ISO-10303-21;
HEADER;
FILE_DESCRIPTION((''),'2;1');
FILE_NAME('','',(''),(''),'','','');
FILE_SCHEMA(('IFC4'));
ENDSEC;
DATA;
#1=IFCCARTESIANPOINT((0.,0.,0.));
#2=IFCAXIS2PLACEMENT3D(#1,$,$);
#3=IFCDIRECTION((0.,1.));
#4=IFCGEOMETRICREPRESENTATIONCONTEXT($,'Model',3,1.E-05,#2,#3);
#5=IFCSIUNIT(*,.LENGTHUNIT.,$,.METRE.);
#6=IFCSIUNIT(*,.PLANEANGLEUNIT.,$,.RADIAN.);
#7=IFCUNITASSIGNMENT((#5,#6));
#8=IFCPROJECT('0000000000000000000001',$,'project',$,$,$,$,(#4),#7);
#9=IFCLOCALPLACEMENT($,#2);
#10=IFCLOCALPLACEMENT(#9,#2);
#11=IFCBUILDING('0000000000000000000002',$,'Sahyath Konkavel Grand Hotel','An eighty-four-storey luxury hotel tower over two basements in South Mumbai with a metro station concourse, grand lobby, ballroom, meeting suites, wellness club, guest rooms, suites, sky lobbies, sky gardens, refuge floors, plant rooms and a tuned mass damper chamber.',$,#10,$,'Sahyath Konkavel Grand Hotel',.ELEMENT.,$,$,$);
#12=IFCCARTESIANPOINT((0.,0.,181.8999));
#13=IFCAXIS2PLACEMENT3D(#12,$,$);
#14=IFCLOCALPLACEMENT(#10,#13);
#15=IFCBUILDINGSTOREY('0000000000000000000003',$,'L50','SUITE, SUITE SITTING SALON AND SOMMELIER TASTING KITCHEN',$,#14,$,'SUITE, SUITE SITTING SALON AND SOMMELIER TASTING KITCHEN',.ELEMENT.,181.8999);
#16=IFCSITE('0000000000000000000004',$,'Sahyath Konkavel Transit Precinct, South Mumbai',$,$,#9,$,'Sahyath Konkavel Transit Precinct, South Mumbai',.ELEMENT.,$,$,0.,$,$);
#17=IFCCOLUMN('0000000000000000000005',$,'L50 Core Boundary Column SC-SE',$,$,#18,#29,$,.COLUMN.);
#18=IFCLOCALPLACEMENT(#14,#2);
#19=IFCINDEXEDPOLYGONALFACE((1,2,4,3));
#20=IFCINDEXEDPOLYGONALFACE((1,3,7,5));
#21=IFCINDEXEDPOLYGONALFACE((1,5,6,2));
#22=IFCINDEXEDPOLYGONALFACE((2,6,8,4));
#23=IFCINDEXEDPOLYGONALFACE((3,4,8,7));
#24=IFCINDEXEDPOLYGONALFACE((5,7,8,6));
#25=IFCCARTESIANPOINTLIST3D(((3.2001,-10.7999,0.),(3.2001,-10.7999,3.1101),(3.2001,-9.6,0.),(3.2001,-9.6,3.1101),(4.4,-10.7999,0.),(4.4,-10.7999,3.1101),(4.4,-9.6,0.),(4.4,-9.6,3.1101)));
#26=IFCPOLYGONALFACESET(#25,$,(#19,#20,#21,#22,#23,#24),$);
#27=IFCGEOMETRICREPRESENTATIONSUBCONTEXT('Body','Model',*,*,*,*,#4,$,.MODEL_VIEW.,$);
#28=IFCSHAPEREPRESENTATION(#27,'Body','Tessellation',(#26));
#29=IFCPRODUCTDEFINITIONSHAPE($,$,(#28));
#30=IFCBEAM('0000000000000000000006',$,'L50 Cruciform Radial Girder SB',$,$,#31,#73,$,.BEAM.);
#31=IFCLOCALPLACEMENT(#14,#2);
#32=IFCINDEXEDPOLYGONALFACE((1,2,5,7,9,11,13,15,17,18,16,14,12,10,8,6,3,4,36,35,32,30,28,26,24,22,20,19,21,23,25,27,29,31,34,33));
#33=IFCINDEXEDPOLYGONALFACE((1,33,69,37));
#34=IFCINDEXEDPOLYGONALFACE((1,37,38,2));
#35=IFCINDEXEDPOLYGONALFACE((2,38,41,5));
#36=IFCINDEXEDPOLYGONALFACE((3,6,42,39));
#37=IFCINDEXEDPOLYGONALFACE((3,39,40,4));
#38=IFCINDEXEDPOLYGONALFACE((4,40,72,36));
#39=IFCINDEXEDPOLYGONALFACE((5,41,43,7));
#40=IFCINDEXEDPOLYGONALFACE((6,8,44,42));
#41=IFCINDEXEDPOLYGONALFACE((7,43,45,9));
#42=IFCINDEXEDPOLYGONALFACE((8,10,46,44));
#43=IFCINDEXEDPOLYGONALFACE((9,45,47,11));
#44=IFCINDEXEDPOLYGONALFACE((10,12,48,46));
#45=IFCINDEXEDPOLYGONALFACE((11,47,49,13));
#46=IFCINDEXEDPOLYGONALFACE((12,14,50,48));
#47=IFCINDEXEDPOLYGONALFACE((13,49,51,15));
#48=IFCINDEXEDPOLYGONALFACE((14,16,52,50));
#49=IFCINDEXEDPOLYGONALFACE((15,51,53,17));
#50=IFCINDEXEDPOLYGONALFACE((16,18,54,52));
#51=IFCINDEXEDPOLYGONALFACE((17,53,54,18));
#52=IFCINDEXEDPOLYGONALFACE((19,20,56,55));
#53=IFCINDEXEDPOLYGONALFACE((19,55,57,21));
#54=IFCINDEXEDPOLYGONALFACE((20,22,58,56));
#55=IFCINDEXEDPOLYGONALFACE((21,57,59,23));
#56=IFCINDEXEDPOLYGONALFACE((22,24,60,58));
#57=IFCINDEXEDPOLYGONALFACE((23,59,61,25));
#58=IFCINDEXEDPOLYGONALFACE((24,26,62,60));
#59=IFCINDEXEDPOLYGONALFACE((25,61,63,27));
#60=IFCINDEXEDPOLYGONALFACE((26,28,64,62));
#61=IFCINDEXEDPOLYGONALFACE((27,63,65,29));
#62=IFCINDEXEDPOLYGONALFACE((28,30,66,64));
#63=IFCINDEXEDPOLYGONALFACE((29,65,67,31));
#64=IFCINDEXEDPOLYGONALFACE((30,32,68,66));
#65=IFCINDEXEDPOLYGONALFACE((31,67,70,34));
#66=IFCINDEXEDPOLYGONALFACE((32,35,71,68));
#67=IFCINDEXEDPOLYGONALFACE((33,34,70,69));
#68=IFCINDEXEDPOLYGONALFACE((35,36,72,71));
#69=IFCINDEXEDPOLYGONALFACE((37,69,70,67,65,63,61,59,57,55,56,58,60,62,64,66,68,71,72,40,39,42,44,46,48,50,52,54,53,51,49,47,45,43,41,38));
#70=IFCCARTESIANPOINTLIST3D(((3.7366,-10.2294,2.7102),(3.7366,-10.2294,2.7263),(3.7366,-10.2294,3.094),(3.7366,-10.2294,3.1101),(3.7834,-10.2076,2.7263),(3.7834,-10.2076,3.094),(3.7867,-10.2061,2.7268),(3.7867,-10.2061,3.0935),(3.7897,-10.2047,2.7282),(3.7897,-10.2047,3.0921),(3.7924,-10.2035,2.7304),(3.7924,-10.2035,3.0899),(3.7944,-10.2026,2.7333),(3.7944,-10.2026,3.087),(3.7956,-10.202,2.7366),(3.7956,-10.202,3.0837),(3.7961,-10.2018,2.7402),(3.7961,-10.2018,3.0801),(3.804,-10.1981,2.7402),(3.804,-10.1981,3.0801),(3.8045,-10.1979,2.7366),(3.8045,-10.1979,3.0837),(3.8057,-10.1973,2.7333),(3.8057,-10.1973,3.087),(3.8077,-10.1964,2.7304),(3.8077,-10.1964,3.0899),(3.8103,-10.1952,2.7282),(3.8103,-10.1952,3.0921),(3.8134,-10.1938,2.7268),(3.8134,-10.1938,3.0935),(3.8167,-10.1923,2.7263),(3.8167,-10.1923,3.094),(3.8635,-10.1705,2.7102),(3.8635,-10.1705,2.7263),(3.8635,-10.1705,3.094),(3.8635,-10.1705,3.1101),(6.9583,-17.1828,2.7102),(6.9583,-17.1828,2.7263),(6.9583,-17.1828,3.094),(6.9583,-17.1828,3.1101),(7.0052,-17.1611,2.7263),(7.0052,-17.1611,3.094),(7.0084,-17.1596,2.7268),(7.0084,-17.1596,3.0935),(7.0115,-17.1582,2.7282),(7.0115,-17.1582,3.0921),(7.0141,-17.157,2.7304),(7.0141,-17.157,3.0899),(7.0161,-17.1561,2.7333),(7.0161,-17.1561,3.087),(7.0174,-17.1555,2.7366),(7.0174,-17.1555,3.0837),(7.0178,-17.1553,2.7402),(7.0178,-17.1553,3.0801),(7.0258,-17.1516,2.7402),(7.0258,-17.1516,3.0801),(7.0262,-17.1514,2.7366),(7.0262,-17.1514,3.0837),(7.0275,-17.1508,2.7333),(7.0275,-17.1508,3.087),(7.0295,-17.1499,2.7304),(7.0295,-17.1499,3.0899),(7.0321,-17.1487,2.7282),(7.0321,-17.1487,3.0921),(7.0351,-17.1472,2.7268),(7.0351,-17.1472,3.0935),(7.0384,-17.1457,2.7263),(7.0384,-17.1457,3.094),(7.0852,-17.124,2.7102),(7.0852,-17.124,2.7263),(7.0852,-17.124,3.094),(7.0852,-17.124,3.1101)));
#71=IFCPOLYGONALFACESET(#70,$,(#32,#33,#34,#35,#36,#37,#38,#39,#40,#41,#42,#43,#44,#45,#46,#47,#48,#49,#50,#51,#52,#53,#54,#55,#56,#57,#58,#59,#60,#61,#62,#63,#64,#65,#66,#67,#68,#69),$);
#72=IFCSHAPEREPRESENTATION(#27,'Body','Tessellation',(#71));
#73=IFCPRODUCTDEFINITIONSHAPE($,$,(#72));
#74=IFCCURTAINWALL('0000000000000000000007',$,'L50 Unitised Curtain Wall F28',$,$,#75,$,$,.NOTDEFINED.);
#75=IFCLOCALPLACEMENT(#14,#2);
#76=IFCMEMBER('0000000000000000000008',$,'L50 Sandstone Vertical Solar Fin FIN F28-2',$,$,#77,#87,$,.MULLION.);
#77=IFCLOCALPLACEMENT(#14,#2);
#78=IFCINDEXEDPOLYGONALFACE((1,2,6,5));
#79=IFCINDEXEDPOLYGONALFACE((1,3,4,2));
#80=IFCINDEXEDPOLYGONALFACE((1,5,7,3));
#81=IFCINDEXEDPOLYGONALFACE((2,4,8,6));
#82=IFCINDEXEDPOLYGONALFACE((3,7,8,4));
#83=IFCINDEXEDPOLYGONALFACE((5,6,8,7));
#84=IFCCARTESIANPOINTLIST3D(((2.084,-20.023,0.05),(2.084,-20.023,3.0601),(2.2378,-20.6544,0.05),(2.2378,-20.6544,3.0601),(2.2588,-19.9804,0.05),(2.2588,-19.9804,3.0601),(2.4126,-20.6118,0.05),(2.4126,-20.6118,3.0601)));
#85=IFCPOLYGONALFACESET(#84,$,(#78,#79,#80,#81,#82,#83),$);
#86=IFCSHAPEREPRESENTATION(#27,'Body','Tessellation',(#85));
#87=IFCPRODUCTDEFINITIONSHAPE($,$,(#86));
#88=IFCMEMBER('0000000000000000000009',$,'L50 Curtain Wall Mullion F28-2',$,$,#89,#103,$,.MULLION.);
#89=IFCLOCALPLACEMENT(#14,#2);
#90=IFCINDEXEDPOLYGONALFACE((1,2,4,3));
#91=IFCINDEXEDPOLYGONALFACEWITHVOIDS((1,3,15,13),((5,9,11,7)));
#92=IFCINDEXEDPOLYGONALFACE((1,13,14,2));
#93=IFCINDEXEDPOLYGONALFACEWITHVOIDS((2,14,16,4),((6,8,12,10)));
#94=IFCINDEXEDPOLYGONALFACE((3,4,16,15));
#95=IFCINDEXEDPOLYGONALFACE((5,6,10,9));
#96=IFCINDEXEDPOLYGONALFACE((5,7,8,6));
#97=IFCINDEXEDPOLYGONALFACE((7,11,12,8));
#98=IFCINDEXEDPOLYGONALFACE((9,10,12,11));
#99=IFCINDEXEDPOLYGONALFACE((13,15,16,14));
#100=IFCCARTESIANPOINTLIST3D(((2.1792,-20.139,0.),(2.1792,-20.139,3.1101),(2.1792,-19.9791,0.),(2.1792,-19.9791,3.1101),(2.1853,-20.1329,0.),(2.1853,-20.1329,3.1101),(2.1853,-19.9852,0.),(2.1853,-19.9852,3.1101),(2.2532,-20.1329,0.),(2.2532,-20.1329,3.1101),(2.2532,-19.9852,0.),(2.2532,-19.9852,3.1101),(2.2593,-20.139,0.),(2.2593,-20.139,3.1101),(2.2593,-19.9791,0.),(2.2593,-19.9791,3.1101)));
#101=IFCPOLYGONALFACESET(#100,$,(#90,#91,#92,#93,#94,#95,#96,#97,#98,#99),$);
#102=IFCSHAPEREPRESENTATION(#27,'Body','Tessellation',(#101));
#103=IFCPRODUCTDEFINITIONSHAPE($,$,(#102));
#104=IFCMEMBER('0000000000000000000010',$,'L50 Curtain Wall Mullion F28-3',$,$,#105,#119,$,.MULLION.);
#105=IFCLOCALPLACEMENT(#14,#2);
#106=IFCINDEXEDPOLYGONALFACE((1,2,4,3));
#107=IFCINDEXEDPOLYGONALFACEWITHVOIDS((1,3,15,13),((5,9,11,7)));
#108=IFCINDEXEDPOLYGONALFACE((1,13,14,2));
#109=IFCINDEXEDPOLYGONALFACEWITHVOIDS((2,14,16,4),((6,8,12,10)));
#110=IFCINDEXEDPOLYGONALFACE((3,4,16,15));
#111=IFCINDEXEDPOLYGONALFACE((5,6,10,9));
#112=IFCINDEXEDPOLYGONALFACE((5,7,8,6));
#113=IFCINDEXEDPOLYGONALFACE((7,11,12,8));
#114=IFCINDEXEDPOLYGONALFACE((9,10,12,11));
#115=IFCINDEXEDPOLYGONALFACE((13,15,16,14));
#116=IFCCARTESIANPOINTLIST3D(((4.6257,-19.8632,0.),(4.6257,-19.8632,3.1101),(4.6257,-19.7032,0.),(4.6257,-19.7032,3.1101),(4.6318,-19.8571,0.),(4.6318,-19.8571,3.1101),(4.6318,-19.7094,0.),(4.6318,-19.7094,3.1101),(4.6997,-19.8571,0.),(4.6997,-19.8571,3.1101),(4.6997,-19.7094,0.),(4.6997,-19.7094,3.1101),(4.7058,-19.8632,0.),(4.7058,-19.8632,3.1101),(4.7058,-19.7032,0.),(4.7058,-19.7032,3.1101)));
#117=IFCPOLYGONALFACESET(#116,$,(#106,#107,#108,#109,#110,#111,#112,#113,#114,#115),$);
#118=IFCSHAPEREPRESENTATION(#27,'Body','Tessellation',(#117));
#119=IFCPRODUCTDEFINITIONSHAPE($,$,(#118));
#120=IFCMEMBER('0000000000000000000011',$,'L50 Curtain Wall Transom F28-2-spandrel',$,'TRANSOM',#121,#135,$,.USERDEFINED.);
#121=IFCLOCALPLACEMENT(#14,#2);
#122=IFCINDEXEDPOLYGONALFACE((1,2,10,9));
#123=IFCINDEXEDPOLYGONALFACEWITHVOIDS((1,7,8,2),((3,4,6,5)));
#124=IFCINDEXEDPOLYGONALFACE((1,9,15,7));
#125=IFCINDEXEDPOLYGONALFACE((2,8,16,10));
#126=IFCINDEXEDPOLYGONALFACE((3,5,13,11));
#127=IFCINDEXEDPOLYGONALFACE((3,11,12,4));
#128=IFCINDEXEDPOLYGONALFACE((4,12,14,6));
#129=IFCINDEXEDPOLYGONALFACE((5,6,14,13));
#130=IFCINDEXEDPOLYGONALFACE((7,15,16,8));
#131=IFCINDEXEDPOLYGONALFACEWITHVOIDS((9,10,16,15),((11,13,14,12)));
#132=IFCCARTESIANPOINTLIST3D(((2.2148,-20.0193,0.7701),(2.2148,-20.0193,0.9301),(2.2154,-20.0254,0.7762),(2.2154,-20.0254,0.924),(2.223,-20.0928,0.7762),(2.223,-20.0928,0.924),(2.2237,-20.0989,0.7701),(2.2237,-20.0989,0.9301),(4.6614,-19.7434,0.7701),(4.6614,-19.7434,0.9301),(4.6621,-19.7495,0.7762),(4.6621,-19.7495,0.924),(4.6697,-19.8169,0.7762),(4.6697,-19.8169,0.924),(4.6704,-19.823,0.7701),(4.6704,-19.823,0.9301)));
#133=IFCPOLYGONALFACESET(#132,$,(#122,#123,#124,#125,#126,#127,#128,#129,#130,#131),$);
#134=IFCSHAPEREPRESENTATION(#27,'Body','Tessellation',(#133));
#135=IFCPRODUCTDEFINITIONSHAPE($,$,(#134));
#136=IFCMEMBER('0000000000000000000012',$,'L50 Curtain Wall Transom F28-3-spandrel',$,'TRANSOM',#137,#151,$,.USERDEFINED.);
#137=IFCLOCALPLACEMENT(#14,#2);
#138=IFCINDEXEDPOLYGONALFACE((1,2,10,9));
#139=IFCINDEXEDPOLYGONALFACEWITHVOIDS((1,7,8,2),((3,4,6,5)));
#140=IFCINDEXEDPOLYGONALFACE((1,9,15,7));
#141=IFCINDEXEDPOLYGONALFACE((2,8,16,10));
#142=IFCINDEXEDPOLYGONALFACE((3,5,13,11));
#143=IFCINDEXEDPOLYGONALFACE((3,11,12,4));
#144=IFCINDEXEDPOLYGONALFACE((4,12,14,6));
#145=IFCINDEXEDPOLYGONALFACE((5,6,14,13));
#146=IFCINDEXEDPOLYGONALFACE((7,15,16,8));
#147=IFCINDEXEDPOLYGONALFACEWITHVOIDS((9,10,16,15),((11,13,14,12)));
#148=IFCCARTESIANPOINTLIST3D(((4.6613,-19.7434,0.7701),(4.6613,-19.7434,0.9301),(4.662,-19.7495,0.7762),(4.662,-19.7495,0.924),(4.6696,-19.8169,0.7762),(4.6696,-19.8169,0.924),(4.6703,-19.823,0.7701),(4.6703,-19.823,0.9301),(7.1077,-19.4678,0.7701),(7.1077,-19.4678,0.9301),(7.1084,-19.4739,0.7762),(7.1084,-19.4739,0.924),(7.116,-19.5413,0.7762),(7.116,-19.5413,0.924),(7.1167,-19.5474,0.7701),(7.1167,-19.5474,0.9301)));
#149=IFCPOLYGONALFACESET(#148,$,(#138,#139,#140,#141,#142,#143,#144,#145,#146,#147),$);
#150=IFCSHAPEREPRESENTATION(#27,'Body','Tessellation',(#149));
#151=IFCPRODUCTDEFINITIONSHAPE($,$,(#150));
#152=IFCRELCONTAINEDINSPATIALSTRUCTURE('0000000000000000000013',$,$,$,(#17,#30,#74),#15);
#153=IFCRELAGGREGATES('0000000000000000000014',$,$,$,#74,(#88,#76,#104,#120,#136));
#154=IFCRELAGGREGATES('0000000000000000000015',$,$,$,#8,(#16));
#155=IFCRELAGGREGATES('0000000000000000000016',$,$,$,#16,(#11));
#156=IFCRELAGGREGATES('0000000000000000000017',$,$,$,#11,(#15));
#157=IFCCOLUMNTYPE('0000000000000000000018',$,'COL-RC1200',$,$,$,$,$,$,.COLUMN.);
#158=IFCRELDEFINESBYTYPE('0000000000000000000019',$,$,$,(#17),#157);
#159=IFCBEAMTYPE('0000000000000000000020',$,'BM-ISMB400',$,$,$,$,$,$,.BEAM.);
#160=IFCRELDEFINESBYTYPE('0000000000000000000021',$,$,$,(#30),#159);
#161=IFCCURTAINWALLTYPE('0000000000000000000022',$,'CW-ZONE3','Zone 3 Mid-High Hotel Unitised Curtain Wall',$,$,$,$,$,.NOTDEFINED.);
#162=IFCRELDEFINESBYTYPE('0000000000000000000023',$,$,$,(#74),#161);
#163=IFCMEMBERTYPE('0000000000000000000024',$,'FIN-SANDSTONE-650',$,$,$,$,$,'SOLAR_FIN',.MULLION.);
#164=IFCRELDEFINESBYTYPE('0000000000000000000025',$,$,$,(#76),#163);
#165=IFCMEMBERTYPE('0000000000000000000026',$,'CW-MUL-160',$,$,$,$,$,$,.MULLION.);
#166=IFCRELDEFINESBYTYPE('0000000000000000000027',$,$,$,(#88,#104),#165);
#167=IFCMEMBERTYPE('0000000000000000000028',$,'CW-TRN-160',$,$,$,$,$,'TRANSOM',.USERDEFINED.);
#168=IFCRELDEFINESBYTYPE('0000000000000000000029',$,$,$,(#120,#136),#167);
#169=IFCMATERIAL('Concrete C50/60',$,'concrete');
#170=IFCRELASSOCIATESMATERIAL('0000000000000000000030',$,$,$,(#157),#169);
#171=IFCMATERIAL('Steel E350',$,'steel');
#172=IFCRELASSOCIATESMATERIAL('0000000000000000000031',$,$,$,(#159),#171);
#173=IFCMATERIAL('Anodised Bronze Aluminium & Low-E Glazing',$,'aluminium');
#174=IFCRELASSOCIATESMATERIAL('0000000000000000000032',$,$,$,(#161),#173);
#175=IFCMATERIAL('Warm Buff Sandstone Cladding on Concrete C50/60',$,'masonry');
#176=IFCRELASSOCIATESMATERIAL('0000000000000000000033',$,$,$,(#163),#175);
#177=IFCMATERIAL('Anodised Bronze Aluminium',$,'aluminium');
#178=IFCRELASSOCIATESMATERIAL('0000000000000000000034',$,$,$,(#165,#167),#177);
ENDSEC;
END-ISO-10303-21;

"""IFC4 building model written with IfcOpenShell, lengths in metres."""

from ifc_helpers import new_model, si_unit, direction, frame, origin, origin_2d, place, context, subcontext, project, spatial, rectangle, hollow_rectangle, i_section, extrude, source, transform, mapped, material, material_profile, profile_set, type_object, element, aggregate, save


model = new_model("IFC4")

# Units and contexts
model_context = context("Model", 3, precision=1e-05, world=origin(), true_north=direction((0.0, 1.0)))
body_context = subcontext(model_context, "Body", "Model", "MODEL_VIEW")
ifc_project = project(units=[si_unit("LENGTHUNIT", "METRE"), si_unit("PLANEANGLEUNIT", "RADIAN")], contexts=[model_context])

# Site, building, storey
site_placement = place(None, origin())
site = spatial("IfcSite", under=ifc_project, at=site_placement, Name="Sahyath Konkavel Transit Precinct, South Mumbai", LongName="Sahyath Konkavel Transit Precinct, South Mumbai", CompositionType="ELEMENT", RefElevation=0.0)
building_placement = place(site_placement, origin())
building = spatial("IfcBuilding", under=site, at=building_placement, Name="Sahyath Konkavel Grand Hotel", Description="An eighty-four-storey luxury hotel tower over two basements in South Mumbai with a metro station concourse, grand lobby, ballroom, meeting suites, wellness club, guest rooms, suites, sky lobbies, sky gardens, refuge floors, plant rooms and a tuned mass damper chamber.", LongName="Sahyath Konkavel Grand Hotel", CompositionType="ELEMENT")
storey_placement = place(building_placement, frame((0.0, 0.0, 181.8999)))
storey = spatial("IfcBuildingStorey", under=building, at=storey_placement, Name="L50", Description="SUITE, SUITE SITTING SALON AND SOMMELIER TASTING KITCHEN", LongName="SUITE, SUITE SITTING SALON AND SOMMELIER TASTING KITCHEN", CompositionType="ELEMENT", Elevation=181.8999)

# Column
ifc_material_1 = material(Name="Concrete C50/60", Category="concrete")
ifc_material_profile_1 = material_profile(ifc_material_1, rectangle(XDim=1.2, YDim=1.2, at=origin_2d()), Name="RC 1200x1200")
ifc_profile_set_1 = profile_set([ifc_material_profile_1], Name="Concrete C50/60")
column_type = type_object("IfcColumnType", Name="COL-RC1200", PredefinedType="COLUMN", material=ifc_profile_set_1)
shared_shape_1 = source(origin(), body_context, "Body", "SweptSolid", [
    extrude(rectangle(XDim=1.2, YDim=1.2, at=origin_2d()), origin(), (0.0, 0.0, 1.0), 3.1101),
])
column_placement = place(storey_placement, frame((3.8, -10.2, 0.0), z_axis=(0.0, 0.0, 1.0), x_axis=(1.0, 0.0, 0.0)))
element("IfcColumn", 1, at=column_placement, inside=storey, type_object=column_type, Name="L50 Core Boundary Column SC-SE", PredefinedType="COLUMN", context=body_context, shape_type="MappedRepresentation", body=[
    mapped(shared_shape_1, transform((0.0, 0.0, 0.0), scale=1.0)),
])

# Beam
ifc_material_2 = material(Name="Steel E350", Category="steel")
ifc_material_profile_2 = material_profile(ifc_material_2, i_section(OverallWidth=0.1399, OverallDepth=0.3999, WebThickness=0.0088, FlangeThickness=0.0161, FilletRadius=0.0139, at=origin_2d()), Name="ISMB 400")
ifc_profile_set_2 = profile_set([ifc_material_profile_2], Name="Steel E350")
beam_type_1 = type_object("IfcBeamType", Name="BM-ISMB400", PredefinedType="BEAM", material=ifc_profile_set_2)
shared_shape_2 = source(origin(), body_context, "Body", "SweptSolid", [
    extrude(i_section(OverallWidth=0.1399, OverallDepth=0.3999, WebThickness=0.0088, FlangeThickness=0.0161, FilletRadius=0.0139, at=origin_2d()), origin(), (0.0, 0.0, 1.0), 7.6636),
])
beam_1_placement = place(storey_placement, frame((3.8, -10.2, 2.9102), z_axis=(0.420395, -0.907341, 0.0), x_axis=(0.907341, 0.420395, 0.0)))
element("IfcBeam", 2, at=beam_1_placement, inside=storey, type_object=beam_type_1, Name="L50 Cruciform Radial Girder SB", PredefinedType="BEAM", context=body_context, shape_type="MappedRepresentation", body=[
    mapped(shared_shape_2, transform((0.0, 0.0, 0.0), scale=1.0)),
])

# Curtain wall, members
ifc_material_3 = material(Name="Anodised Bronze Aluminium & Low-E Glazing", Category="aluminium")
curtain_wall_type = type_object("IfcCurtainWallType", Name="CW-ZONE3", Description="Zone 3 Mid-High Hotel Unitised Curtain Wall", PredefinedType="NOTDEFINED", material=ifc_material_3)
curtain_wall_placement = place(storey_placement, origin())
curtain_wall = element("IfcCurtainWall", 3, at=curtain_wall_placement, inside=storey, type_object=curtain_wall_type, Name="L50 Unitised Curtain Wall F28", PredefinedType="NOTDEFINED")
ifc_material_4 = material(Name="Warm Buff Sandstone Cladding on Concrete C50/60", Category="masonry")
ifc_material_profile_3 = material_profile(ifc_material_4, rectangle(XDim=0.1799, YDim=0.6499, at=origin_2d()), Name="FIN 180x650")
ifc_profile_set_3 = profile_set([ifc_material_profile_3], Name="Warm Buff Sandstone Cladding on Concrete C50/60")
member_type_1 = type_object("IfcMemberType", Name="FIN-SANDSTONE-650", ElementType="SOLAR_FIN", PredefinedType="MULLION", material=ifc_profile_set_3)
shared_shape_3 = source(origin(), body_context, "Body", "SweptSolid", [
    extrude(rectangle(XDim=0.1799, YDim=0.6499, at=origin_2d()), origin(), (0.0, 0.0, 1.0), 3.01),
])
member_1_placement = place(storey_placement, frame((2.2483, -20.3174, 0.05), z_axis=(0.0, 0.0, 1.0), x_axis=(0.97159, 0.236669, 0.0)))
member_1 = element("IfcMember", 4, at=member_1_placement, type_object=member_type_1, Name="L50 Sandstone Vertical Solar Fin FIN F28-2", PredefinedType="MULLION", context=body_context, shape_type="MappedRepresentation", body=[
    mapped(shared_shape_3, transform((0.0, 0.0, 0.0), scale=1.0)),
])
ifc_material_5 = material(Name="Anodised Bronze Aluminium", Category="aluminium")
ifc_material_profile_4 = material_profile(ifc_material_5, hollow_rectangle(XDim=0.0801, YDim=0.1599, WallThickness=0.0061, at=origin_2d()), Name="RHS 160x80x6")
ifc_profile_set_4 = profile_set([ifc_material_profile_4], Name="Anodised Bronze Aluminium")
member_type_2 = type_object("IfcMemberType", Name="CW-MUL-160", PredefinedType="MULLION", material=ifc_profile_set_4)
shared_shape_4 = source(origin(), body_context, "Body", "SweptSolid", [
    extrude(hollow_rectangle(XDim=0.0801, YDim=0.1599, WallThickness=0.0061, at=origin_2d()), origin(), (0.0, 0.0, 1.0), 3.1101),
])
member_2_placement = place(storey_placement, frame((2.2192, -20.0591, 0.0), z_axis=(0.0, 0.0, 1.0), x_axis=(1.0, 0.0, 0.0)))
member_2 = element("IfcMember", 5, at=member_2_placement, type_object=member_type_2, Name="L50 Curtain Wall Mullion F28-2", PredefinedType="MULLION", context=body_context, shape_type="MappedRepresentation", body=[
    mapped(shared_shape_4, transform((0.0, 0.0, 0.0), scale=1.0)),
])
member_3_placement = place(storey_placement, frame((4.6658, -19.7832, 0.0), z_axis=(0.0, 0.0, 1.0), x_axis=(1.0, 0.0, 0.0)))
member_3 = element("IfcMember", 6, at=member_3_placement, type_object=member_type_2, Name="L50 Curtain Wall Mullion F28-3", PredefinedType="MULLION", context=body_context, shape_type="MappedRepresentation", body=[
    mapped(shared_shape_4, transform((0.0, 0.0, 0.0), scale=1.0)),
])
ifc_material_profile_5 = material_profile(ifc_material_5, hollow_rectangle(XDim=0.0801, YDim=0.1599, WallThickness=0.0061, at=origin_2d()), Name="RHS 160x80x6")
ifc_profile_set_5 = profile_set([ifc_material_profile_5], Name="Anodised Bronze Aluminium")
member_type_3 = type_object("IfcMemberType", Name="CW-TRN-160", ElementType="TRANSOM", PredefinedType="USERDEFINED", material=ifc_profile_set_5)
shared_shape_5 = source(origin(), body_context, "Body", "SweptSolid", [
    extrude(hollow_rectangle(XDim=0.0801, YDim=0.1599, WallThickness=0.0061, at=origin_2d()), origin(), (0.0, 0.0, 1.0), 2.4622),
])
member_4_placement = place(storey_placement, frame((2.2192, -20.0591, 0.8501), z_axis=(0.993702, 0.112053, 0.0), x_axis=(-0.112053, 0.993702, 0.0)))
member_4 = element("IfcMember", 7, at=member_4_placement, type_object=member_type_3, Name="L50 Curtain Wall Transom F28-2-spandrel", ObjectType="TRANSOM", PredefinedType="USERDEFINED", context=body_context, shape_type="MappedRepresentation", body=[
    mapped(shared_shape_5, transform((0.0, 0.0, 0.0), scale=1.0)),
])
shared_shape_6 = source(origin(), body_context, "Body", "SweptSolid", [
    extrude(hollow_rectangle(XDim=0.0801, YDim=0.1599, WallThickness=0.0061, at=origin_2d()), origin(), (0.0, 0.0, 1.0), 2.4619),
])
member_5_placement = place(storey_placement, frame((4.6658, -19.7832, 0.8501), z_axis=(0.993713, 0.111955, 0.0), x_axis=(-0.111955, 0.993713, 0.0)))
member_5 = element("IfcMember", 8, at=member_5_placement, type_object=member_type_3, Name="L50 Curtain Wall Transom F28-3-spandrel", ObjectType="TRANSOM", PredefinedType="USERDEFINED", context=body_context, shape_type="MappedRepresentation", body=[
    mapped(shared_shape_6, transform((0.0, 0.0, 0.0), scale=1.0)),
])

aggregate(curtain_wall, [member_2, member_1, member_3, member_4, member_5])

save(model, "model.ifc")
